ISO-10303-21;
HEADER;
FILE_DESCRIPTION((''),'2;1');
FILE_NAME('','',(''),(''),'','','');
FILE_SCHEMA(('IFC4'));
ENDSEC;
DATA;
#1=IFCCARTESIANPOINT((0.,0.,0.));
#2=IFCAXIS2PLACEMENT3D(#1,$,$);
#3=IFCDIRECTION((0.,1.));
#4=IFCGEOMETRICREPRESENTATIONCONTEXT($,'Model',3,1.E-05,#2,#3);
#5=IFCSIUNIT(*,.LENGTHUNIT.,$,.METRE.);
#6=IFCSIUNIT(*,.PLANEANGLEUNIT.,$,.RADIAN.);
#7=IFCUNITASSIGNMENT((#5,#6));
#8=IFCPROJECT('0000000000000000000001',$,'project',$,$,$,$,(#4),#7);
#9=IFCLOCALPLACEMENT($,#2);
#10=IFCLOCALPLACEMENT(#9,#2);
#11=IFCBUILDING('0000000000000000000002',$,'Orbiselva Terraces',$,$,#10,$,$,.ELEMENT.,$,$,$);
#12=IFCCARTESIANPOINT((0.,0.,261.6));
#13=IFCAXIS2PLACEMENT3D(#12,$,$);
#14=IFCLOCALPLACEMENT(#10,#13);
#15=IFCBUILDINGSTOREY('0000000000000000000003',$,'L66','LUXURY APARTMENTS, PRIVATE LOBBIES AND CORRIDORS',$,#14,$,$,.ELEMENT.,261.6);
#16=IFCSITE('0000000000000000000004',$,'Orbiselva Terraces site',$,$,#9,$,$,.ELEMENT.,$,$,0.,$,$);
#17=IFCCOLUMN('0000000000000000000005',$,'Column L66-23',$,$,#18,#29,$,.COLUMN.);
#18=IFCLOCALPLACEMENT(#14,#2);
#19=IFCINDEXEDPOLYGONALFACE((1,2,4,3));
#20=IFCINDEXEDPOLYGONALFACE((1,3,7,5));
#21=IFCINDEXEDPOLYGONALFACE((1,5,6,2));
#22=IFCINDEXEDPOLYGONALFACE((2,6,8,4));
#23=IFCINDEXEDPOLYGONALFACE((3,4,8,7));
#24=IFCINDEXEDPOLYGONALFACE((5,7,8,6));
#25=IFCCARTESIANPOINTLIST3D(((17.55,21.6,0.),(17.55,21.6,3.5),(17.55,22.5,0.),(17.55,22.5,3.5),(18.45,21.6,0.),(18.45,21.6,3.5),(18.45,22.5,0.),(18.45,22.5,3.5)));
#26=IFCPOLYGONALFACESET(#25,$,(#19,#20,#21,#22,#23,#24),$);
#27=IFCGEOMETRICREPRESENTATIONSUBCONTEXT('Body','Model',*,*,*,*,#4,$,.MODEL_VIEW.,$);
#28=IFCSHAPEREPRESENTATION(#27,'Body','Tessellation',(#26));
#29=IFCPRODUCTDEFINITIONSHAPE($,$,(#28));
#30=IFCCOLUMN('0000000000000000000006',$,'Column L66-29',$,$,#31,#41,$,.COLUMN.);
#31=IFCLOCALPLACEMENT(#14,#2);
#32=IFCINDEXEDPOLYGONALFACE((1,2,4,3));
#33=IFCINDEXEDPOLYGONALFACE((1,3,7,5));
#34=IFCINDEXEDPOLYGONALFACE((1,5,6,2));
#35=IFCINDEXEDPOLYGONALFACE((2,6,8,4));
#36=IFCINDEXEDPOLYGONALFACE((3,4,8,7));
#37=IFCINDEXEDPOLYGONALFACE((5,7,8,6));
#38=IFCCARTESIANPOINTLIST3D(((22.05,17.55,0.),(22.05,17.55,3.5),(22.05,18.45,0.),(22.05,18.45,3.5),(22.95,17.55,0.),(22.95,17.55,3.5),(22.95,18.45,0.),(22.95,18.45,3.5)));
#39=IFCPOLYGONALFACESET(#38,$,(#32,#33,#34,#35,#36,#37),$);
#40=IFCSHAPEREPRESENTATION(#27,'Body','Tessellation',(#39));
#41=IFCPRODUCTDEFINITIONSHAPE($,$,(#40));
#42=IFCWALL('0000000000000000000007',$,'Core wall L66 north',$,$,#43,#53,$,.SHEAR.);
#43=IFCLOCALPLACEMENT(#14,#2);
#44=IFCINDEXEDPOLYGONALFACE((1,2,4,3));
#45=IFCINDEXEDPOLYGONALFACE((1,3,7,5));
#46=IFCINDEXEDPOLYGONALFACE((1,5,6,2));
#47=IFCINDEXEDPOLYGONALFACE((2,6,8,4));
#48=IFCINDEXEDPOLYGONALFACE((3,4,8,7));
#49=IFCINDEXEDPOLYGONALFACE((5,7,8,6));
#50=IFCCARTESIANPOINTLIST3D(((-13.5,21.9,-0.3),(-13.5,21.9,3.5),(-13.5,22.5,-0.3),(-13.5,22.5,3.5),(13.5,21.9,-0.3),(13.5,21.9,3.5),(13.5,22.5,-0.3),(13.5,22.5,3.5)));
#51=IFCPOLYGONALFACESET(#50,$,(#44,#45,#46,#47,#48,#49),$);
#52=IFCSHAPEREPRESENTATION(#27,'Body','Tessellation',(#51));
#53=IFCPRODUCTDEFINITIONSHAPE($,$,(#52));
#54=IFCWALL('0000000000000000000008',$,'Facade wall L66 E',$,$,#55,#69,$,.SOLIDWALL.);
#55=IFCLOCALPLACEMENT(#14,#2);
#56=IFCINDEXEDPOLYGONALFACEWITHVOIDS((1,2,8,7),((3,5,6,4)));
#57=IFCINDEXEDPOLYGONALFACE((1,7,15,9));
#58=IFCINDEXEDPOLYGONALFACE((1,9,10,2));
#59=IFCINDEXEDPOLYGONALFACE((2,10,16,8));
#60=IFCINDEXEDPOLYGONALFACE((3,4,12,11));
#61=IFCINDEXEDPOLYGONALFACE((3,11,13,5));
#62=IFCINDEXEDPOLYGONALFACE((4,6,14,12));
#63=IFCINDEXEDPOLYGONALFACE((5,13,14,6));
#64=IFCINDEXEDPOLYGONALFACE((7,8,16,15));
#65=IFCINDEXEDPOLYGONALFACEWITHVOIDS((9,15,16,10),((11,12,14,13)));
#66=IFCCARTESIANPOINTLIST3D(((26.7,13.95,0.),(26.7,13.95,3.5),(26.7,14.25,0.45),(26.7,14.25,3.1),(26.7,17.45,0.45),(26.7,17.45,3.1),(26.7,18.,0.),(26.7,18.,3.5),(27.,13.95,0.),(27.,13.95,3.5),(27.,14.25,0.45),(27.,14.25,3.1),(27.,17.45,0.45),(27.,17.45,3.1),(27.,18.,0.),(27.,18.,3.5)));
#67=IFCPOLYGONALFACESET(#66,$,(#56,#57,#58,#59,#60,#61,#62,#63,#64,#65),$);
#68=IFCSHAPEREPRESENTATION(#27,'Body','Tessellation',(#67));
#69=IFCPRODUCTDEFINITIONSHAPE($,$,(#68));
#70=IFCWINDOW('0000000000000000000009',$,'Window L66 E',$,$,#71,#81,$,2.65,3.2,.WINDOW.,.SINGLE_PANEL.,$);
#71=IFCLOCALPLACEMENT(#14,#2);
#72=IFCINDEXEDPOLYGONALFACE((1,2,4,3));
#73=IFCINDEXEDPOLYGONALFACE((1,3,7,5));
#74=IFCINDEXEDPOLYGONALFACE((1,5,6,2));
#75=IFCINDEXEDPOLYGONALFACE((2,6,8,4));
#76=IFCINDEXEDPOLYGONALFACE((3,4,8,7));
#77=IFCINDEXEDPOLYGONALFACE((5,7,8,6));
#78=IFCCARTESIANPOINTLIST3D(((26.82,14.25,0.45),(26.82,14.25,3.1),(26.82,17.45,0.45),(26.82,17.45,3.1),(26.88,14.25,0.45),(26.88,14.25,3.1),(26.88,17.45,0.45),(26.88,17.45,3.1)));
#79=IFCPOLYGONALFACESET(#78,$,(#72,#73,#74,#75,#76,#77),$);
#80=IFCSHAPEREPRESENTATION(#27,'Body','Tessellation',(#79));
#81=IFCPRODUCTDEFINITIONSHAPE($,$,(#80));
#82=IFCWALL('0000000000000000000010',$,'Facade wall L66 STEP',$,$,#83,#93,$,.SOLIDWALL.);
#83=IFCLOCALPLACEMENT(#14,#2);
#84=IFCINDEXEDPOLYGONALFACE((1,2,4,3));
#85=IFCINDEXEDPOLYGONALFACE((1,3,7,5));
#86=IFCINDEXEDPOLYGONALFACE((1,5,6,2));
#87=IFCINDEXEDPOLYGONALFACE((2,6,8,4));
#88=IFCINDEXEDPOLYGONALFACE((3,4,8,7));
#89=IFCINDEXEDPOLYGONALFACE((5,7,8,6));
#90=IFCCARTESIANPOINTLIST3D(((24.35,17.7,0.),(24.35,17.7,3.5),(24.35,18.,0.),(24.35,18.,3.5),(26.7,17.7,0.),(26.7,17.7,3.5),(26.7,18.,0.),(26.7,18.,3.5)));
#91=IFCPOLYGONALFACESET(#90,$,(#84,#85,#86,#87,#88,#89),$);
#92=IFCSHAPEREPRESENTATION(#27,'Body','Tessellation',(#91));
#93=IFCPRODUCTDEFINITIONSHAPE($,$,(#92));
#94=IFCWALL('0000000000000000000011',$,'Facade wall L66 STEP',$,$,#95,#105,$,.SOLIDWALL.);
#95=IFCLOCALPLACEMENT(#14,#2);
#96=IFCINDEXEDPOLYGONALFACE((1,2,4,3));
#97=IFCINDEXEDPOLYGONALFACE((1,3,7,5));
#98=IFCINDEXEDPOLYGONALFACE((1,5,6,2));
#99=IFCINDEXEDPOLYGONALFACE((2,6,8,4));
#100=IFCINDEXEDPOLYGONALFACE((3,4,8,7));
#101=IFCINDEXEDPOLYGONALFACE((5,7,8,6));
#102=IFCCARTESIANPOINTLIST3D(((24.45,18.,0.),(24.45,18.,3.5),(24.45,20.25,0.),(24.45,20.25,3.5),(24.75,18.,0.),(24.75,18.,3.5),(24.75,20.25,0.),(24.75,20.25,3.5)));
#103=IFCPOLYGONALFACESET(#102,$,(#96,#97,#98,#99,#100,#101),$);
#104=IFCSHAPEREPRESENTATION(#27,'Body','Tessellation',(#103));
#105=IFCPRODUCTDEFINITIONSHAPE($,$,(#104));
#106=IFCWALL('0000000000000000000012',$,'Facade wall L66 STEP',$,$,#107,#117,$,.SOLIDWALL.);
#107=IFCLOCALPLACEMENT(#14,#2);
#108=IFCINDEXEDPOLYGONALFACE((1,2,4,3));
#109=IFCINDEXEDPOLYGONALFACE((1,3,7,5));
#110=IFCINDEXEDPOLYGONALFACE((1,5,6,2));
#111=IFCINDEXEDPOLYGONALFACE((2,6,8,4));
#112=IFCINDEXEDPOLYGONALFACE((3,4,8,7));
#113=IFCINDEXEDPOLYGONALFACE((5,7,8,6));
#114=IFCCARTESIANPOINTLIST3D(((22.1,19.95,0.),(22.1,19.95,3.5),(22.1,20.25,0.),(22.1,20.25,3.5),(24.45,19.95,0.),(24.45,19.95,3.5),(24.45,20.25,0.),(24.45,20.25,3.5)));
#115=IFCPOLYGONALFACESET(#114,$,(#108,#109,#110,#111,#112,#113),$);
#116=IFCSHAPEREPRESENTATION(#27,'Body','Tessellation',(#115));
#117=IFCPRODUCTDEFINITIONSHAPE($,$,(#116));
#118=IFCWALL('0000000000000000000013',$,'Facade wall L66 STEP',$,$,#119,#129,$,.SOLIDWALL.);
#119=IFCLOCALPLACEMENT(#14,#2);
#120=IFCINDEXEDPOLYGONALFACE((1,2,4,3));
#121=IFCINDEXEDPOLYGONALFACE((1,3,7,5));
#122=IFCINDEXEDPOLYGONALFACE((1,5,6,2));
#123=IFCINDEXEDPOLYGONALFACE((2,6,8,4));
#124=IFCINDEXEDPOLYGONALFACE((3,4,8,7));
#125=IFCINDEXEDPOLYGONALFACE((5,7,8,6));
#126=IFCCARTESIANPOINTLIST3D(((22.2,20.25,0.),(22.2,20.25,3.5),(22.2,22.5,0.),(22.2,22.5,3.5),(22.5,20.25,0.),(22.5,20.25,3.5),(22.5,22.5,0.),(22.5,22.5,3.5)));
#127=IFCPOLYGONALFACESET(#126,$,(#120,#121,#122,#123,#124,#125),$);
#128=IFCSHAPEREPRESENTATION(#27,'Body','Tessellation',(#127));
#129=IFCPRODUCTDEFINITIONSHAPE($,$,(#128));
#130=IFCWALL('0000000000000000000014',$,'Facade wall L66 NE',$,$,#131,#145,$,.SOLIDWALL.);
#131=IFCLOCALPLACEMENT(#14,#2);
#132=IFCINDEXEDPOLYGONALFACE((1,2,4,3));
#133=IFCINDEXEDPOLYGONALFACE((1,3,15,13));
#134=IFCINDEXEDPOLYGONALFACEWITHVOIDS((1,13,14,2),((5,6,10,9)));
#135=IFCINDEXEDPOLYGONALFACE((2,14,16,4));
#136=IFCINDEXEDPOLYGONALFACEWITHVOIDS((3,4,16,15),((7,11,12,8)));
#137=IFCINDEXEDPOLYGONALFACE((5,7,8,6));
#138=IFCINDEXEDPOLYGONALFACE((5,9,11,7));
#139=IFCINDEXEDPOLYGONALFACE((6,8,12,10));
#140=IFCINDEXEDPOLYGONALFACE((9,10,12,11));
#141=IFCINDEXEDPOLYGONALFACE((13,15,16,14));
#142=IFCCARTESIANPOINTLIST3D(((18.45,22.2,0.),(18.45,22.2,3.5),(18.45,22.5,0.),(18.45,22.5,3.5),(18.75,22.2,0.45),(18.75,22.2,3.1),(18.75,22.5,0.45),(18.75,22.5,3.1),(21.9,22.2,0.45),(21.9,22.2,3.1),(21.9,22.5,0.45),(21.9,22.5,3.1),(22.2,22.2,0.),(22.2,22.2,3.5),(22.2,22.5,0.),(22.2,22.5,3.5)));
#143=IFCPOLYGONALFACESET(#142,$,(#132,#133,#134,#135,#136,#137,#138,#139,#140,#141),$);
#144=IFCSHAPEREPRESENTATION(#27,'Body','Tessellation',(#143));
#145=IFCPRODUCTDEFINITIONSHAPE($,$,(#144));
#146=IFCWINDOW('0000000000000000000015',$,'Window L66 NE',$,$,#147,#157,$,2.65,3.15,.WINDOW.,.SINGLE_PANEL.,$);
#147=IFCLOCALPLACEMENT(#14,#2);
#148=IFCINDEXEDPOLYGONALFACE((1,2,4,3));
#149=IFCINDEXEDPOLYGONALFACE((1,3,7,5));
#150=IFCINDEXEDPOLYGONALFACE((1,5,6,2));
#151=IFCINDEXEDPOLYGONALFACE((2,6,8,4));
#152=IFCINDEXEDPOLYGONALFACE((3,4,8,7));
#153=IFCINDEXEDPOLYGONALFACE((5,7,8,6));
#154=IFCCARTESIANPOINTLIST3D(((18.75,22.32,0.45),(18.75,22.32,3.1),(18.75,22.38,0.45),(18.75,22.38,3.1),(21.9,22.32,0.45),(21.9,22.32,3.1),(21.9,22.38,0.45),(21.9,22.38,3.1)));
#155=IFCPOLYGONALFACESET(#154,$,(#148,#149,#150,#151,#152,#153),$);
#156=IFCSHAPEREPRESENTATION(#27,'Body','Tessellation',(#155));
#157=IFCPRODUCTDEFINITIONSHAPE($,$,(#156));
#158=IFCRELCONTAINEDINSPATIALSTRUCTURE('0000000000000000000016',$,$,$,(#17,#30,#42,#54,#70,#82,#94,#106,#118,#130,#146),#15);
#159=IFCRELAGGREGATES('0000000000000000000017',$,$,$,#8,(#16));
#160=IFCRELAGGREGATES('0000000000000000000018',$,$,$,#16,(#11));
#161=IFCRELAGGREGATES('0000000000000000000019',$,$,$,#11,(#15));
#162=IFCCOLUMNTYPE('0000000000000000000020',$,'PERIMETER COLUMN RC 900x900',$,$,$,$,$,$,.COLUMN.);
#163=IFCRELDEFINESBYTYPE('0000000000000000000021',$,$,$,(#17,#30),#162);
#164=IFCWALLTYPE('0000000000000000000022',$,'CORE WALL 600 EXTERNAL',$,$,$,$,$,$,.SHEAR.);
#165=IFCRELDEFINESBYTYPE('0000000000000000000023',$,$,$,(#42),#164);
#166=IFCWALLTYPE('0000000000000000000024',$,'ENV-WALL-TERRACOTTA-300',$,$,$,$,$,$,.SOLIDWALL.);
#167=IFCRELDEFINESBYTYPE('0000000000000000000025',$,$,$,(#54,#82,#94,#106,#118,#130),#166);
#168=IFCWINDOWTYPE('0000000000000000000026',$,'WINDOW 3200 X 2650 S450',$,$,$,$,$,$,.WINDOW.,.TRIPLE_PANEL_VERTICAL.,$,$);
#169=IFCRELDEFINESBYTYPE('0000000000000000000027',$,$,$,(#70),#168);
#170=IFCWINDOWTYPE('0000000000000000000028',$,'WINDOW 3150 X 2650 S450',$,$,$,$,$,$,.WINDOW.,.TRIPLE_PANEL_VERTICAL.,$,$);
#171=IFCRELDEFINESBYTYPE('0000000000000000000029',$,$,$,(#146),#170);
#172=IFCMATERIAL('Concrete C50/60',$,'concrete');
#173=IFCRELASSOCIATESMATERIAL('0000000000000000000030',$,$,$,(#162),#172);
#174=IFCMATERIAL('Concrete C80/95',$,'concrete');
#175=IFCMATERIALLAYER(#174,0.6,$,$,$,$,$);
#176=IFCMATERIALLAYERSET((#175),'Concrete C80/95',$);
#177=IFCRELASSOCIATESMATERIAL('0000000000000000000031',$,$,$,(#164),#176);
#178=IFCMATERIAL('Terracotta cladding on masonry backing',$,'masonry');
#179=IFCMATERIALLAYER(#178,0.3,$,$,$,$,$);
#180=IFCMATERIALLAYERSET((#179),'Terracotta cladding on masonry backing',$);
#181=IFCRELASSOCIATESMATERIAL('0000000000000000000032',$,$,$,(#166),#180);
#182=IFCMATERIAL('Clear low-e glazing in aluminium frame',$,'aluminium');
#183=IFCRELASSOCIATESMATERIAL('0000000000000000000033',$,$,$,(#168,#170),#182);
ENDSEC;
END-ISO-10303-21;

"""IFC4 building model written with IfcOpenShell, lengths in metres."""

from ifc_helpers import new_model, si_unit, direction, frame, frame_2d, origin, origin_2d, place, context, subcontext, project, spatial, rectangle, extrude, material, layer, layer_set, material_profile, profile_set, type_object, element, fill, save


model = new_model("IFC4")

# Units and contexts
model_context = context("Model", 3, precision=1e-05, world=origin(), true_north=direction((0.0, 1.0)))
body_context = subcontext(model_context, "Body", "Model", "MODEL_VIEW")
ifc_project = project(units=[si_unit("LENGTHUNIT", "METRE"), si_unit("PLANEANGLEUNIT", "RADIAN")], contexts=[model_context])

# Site, building, storey
site_placement = place(None, origin())
site = spatial("IfcSite", under=ifc_project, at=site_placement, Name="Orbiselva Terraces site", CompositionType="ELEMENT", RefElevation=0.0)
building_placement = place(site_placement, origin())
building = spatial("IfcBuilding", under=site, at=building_placement, Name="Orbiselva Terraces", CompositionType="ELEMENT")
storey_placement = place(building_placement, frame((0.0, 0.0, 261.6)))
storey = spatial("IfcBuildingStorey", under=building, at=storey_placement, Name="L66", Description="LUXURY APARTMENTS, PRIVATE LOBBIES AND CORRIDORS", CompositionType="ELEMENT", Elevation=261.6)

# Columns
ifc_material_1 = material(Name="Concrete C50/60", Category="concrete")
ifc_material_profile = material_profile(ifc_material_1, rectangle(XDim=0.9, YDim=0.9, at=origin_2d()), Name="RC 900x900")
ifc_profile_set = profile_set([ifc_material_profile], Name="Concrete C50/60")
column_type = type_object("IfcColumnType", Name="PERIMETER COLUMN RC 900x900", PredefinedType="COLUMN", material=ifc_profile_set)
for number, where, z_axis, x_axis, name in (
    (1, (18.0, 22.05, 0.0), (0.0, 0.0, 1.0), (1.0, 0.0, 0.0), "Column L66-23"),
    (2, (22.5, 18.0, 0.0), (0.0, 0.0, 1.0), (1.0, 0.0, 0.0), "Column L66-29"),
):
    element("IfcColumn", number, at=place(storey_placement, frame(where, z_axis=z_axis, x_axis=x_axis)), inside=storey, type_object=column_type, Name=name, PredefinedType="COLUMN", context=body_context, shape_type="SweptSolid", body=[
        extrude(rectangle(XDim=0.9, YDim=0.9, at=origin_2d()), origin(), (0.0, 0.0, 1.0), 3.5),
    ])

# Wall
ifc_material_2 = material(Name="Concrete C80/95", Category="concrete")
ifc_layer_1 = layer(ifc_material_2, 0.6)
ifc_layer_set_1 = layer_set([ifc_layer_1], Name="Concrete C80/95")
wall_type_1 = type_object("IfcWallType", Name="CORE WALL 600 EXTERNAL", PredefinedType="SHEAR", material=ifc_layer_set_1)
wall_1_placement = place(storey_placement, frame((13.5, 22.2, -0.3), z_axis=(0.0, 0.0, 1.0), x_axis=(-1.0, 0.0, 0.0)))
element("IfcWall", 3, at=wall_1_placement, inside=storey, type_object=wall_type_1, Name="Core wall L66 north", PredefinedType="SHEAR", context=body_context, shape_type="SweptSolid", body=[
    extrude(rectangle(XDim=27.0, YDim=0.6, at=frame_2d((13.5, 0.0))), origin(), (0.0, 0.0, 1.0), 3.8),
])

# Wall, opening, window
ifc_material_3 = material(Name="Terracotta cladding on masonry backing", Category="masonry")
ifc_layer_2 = layer(ifc_material_3, 0.3)
ifc_layer_set_2 = layer_set([ifc_layer_2], Name="Terracotta cladding on masonry backing")
wall_type_2 = type_object("IfcWallType", Name="ENV-WALL-TERRACOTTA-300", PredefinedType="SOLIDWALL", material=ifc_layer_set_2)
wall_2_placement = place(storey_placement, frame((26.85, 18.0, 0.0), z_axis=(0.0, 0.0, 1.0), x_axis=(0.0, -1.0, 0.0)))
wall_2 = element("IfcWall", 4, at=wall_2_placement, inside=storey, type_object=wall_type_2, Name="Facade wall L66 E", PredefinedType="SOLIDWALL", context=body_context, shape_type="SweptSolid", body=[
    extrude(rectangle(XDim=4.05, YDim=0.3, at=frame_2d((2.025, 0.0))), origin(), (0.0, 0.0, 1.0), 3.5),
])
opening_1_placement = place(wall_2_placement, frame((0.55, 0.0, 0.45)))
opening_1 = element("IfcOpeningElement", 5, at=opening_1_placement, cuts=wall_2, PredefinedType="OPENING", context=body_context, shape_type="SweptSolid", body=[
    extrude(rectangle(XDim=3.2, YDim=2.65, at=frame_2d((1.6, 1.325))), frame((0.0, 0.16, 0.0), z_axis=(0.0, -1.0, 0.0), x_axis=(1.0, 0.0, 0.0)), (0.0, 0.0, 1.0), 0.32),
])
ifc_material_4 = material(Name="Clear low-e glazing in aluminium frame", Category="aluminium")
window_type_1 = type_object("IfcWindowType", Name="WINDOW 3200 X 2650 S450", PartitioningType="TRIPLE_PANEL_VERTICAL", PredefinedType="WINDOW", material=ifc_material_4)
window_1_placement = place(opening_1_placement, origin())
window_1 = element("IfcWindow", 6, at=window_1_placement, inside=storey, type_object=window_type_1, Name="Window L66 E", OverallHeight=2.65, OverallWidth=3.2, PartitioningType="SINGLE_PANEL", PredefinedType="WINDOW", context=body_context, shape_type="SweptSolid", body=[
    extrude(rectangle(XDim=3.2, YDim=2.65, at=frame_2d((1.6, 1.325))), frame((0.0, 0.03, 0.0), z_axis=(0.0, -1.0, 0.0), x_axis=(1.0, 0.0, 0.0)), (0.0, 0.0, 1.0), 0.06),
])
fill(opening_1, window_1)

# Walls
wall_3_placement = place(storey_placement, frame((24.35, 17.85, 0.0), z_axis=(0.0, 0.0, 1.0), x_axis=(1.0, 0.0, 0.0)))
element("IfcWall", 7, at=wall_3_placement, inside=storey, type_object=wall_type_2, Name="Facade wall L66 STEP", PredefinedType="SOLIDWALL", context=body_context, shape_type="SweptSolid", body=[
    extrude(rectangle(XDim=2.35, YDim=0.3, at=frame_2d((1.175, 0.0))), origin(), (0.0, 0.0, 1.0), 3.5),
])
wall_4_placement = place(storey_placement, frame((24.6, 20.25, 0.0), z_axis=(0.0, 0.0, 1.0), x_axis=(0.0, -1.0, 0.0)))
element("IfcWall", 8, at=wall_4_placement, inside=storey, type_object=wall_type_2, Name="Facade wall L66 STEP", PredefinedType="SOLIDWALL", context=body_context, shape_type="SweptSolid", body=[
    extrude(rectangle(XDim=2.25, YDim=0.3, at=frame_2d((1.125, 0.0))), origin(), (0.0, 0.0, 1.0), 3.5),
])
wall_5_placement = place(storey_placement, frame((22.1, 20.1, 0.0), z_axis=(0.0, 0.0, 1.0), x_axis=(1.0, 0.0, 0.0)))
element("IfcWall", 9, at=wall_5_placement, inside=storey, type_object=wall_type_2, Name="Facade wall L66 STEP", PredefinedType="SOLIDWALL", context=body_context, shape_type="SweptSolid", body=[
    extrude(rectangle(XDim=2.35, YDim=0.3, at=frame_2d((1.175, 0.0))), origin(), (0.0, 0.0, 1.0), 3.5),
])
wall_6_placement = place(storey_placement, frame((22.35, 22.5, 0.0), z_axis=(0.0, 0.0, 1.0), x_axis=(0.0, -1.0, 0.0)))
element("IfcWall", 10, at=wall_6_placement, inside=storey, type_object=wall_type_2, Name="Facade wall L66 STEP", PredefinedType="SOLIDWALL", context=body_context, shape_type="SweptSolid", body=[
    extrude(rectangle(XDim=2.25, YDim=0.3, at=frame_2d((1.125, 0.0))), origin(), (0.0, 0.0, 1.0), 3.5),
])

# Wall, opening, window
wall_7_placement = place(storey_placement, frame((18.45, 22.35, 0.0), z_axis=(0.0, 0.0, 1.0), x_axis=(1.0, 0.0, 0.0)))
wall_7 = element("IfcWall", 11, at=wall_7_placement, inside=storey, type_object=wall_type_2, Name="Facade wall L66 NE", PredefinedType="SOLIDWALL", context=body_context, shape_type="SweptSolid", body=[
    extrude(rectangle(XDim=3.75, YDim=0.3, at=frame_2d((1.875, 0.0))), origin(), (0.0, 0.0, 1.0), 3.5),
])
opening_2_placement = place(wall_7_placement, frame((0.3, 0.0, 0.45)))
opening_2 = element("IfcOpeningElement", 12, at=opening_2_placement, cuts=wall_7, PredefinedType="OPENING", context=body_context, shape_type="SweptSolid", body=[
    extrude(rectangle(XDim=3.15, YDim=2.65, at=frame_2d((1.575, 1.325))), frame((0.0, 0.16, 0.0), z_axis=(0.0, -1.0, 0.0), x_axis=(1.0, 0.0, 0.0)), (0.0, 0.0, 1.0), 0.32),
])
window_type_2 = type_object("IfcWindowType", Name="WINDOW 3150 X 2650 S450", PartitioningType="TRIPLE_PANEL_VERTICAL", PredefinedType="WINDOW", material=ifc_material_4)
window_2_placement = place(opening_2_placement, origin())
window_2 = element("IfcWindow", 13, at=window_2_placement, inside=storey, type_object=window_type_2, Name="Window L66 NE", OverallHeight=2.65, OverallWidth=3.15, PartitioningType="SINGLE_PANEL", PredefinedType="WINDOW", context=body_context, shape_type="SweptSolid", body=[
    extrude(rectangle(XDim=3.15, YDim=2.65, at=frame_2d((1.575, 1.325))), frame((0.0, 0.03, 0.0), z_axis=(0.0, -1.0, 0.0), x_axis=(1.0, 0.0, 0.0)), (0.0, 0.0, 1.0), 0.06),
])
fill(opening_2, window_2)

save(model, "model.ifc")
